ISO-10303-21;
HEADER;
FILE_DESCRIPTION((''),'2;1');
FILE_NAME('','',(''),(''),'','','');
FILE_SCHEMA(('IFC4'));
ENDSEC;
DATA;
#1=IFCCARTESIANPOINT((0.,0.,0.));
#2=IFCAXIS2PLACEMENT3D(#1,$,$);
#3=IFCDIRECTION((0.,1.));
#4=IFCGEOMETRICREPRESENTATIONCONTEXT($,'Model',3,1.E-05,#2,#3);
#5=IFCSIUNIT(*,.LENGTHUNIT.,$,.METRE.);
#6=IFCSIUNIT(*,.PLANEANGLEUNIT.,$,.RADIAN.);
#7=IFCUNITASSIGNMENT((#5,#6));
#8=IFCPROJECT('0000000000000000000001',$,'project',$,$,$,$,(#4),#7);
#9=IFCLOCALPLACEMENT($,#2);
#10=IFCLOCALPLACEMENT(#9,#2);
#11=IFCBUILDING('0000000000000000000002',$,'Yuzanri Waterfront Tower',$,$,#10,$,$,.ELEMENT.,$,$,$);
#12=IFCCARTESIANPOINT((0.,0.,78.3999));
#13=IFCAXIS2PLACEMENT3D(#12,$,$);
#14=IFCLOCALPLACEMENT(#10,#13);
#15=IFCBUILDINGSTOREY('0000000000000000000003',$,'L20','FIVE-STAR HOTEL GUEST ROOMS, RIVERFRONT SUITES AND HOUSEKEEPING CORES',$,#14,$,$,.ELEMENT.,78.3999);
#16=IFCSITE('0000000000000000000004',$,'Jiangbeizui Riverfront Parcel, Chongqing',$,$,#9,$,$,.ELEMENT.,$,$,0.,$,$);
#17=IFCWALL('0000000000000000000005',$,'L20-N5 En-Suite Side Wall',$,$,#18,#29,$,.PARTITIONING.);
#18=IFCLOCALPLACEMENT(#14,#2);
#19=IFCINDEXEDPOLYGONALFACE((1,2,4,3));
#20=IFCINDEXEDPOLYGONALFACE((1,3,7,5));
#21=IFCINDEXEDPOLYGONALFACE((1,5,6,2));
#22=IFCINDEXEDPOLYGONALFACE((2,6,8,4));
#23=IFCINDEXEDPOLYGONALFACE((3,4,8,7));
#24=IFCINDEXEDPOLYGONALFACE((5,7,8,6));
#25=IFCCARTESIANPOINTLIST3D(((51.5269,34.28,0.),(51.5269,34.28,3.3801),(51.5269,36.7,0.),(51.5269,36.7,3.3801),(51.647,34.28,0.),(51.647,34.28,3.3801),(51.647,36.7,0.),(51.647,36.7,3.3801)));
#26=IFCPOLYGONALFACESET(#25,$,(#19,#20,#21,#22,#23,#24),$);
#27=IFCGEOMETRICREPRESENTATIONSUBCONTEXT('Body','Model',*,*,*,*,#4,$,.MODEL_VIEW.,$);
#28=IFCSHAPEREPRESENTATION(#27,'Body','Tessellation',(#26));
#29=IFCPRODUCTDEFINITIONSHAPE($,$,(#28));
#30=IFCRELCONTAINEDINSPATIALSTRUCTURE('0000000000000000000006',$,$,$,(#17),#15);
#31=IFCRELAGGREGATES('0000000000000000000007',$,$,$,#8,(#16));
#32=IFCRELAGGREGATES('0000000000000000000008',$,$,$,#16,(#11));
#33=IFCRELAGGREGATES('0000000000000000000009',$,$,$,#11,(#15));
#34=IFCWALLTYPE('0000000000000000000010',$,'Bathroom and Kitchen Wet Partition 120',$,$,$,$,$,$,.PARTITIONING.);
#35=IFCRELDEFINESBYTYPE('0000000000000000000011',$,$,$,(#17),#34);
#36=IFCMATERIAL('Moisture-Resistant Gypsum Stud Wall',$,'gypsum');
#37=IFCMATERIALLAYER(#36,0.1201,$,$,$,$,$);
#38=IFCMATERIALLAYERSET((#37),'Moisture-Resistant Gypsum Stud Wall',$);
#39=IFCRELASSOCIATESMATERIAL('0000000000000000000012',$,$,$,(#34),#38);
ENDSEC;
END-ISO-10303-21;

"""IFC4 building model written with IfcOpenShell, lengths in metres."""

from ifc_helpers import new_model, si_unit, direction, frame, frame_2d, origin, place, context, subcontext, project, spatial, rectangle, extrude, source, transform, mapped, material, layer, layer_set, type_object, element, save


model = new_model("IFC4")

# Units and contexts
model_context = context("Model", 3, precision=1e-05, world=origin(), true_north=direction((0.0, 1.0)))
body_context = subcontext(model_context, "Body", "Model", "MODEL_VIEW")
ifc_project = project(units=[si_unit("LENGTHUNIT", "METRE"), si_unit("PLANEANGLEUNIT", "RADIAN")], contexts=[model_context])

# Site, building, storey
site_placement = place(None, origin())
site = spatial("IfcSite", under=ifc_project, at=site_placement, Name="Jiangbeizui Riverfront Parcel, Chongqing", CompositionType="ELEMENT", RefElevation=0.0)
building_placement = place(site_placement, origin())
building = spatial("IfcBuilding", under=site, at=building_placement, Name="Yuzanri Waterfront Tower", CompositionType="ELEMENT")
storey_placement = place(building_placement, frame((0.0, 0.0, 78.3999)))
storey = spatial("IfcBuildingStorey", under=building, at=storey_placement, Name="L20", Description="FIVE-STAR HOTEL GUEST ROOMS, RIVERFRONT SUITES AND HOUSEKEEPING CORES", CompositionType="ELEMENT", Elevation=78.3999)

# Wall
ifc_material_1 = material(Name="Moisture-Resistant Gypsum Stud Wall", Category="gypsum")
ifc_layer_1 = layer(ifc_material_1, 0.1201)
ifc_layer_set_1 = layer_set([ifc_layer_1], Name="Moisture-Resistant Gypsum Stud Wall")
wall_type_1 = type_object("IfcWallType", Name="Bathroom and Kitchen Wet Partition 120", PredefinedType="PARTITIONING", material=ifc_layer_set_1)
shared_shape_1 = source(origin(), body_context, "Body", "SweptSolid", [
    extrude(rectangle(XDim=2.4199, YDim=0.1201, at=frame_2d((1.21, 0.0))), origin(), (0.0, 0.0, 1.0), 3.3801),
])
wall_1_placement = place(storey_placement, frame((51.5869, 34.28, 0.0), z_axis=(0.0, 0.0, 1.0), x_axis=(0.0, 1.0, 0.0)))
element("IfcWall", 1, at=wall_1_placement, inside=storey, type_object=wall_type_1, Name="L20-N5 En-Suite Side Wall", PredefinedType="PARTITIONING", context=body_context, shape_type="MappedRepresentation", body=[
    mapped(shared_shape_1, transform((0.0, 0.0, 0.0), scale=1.0)),
])

save(model, "model.ifc")
